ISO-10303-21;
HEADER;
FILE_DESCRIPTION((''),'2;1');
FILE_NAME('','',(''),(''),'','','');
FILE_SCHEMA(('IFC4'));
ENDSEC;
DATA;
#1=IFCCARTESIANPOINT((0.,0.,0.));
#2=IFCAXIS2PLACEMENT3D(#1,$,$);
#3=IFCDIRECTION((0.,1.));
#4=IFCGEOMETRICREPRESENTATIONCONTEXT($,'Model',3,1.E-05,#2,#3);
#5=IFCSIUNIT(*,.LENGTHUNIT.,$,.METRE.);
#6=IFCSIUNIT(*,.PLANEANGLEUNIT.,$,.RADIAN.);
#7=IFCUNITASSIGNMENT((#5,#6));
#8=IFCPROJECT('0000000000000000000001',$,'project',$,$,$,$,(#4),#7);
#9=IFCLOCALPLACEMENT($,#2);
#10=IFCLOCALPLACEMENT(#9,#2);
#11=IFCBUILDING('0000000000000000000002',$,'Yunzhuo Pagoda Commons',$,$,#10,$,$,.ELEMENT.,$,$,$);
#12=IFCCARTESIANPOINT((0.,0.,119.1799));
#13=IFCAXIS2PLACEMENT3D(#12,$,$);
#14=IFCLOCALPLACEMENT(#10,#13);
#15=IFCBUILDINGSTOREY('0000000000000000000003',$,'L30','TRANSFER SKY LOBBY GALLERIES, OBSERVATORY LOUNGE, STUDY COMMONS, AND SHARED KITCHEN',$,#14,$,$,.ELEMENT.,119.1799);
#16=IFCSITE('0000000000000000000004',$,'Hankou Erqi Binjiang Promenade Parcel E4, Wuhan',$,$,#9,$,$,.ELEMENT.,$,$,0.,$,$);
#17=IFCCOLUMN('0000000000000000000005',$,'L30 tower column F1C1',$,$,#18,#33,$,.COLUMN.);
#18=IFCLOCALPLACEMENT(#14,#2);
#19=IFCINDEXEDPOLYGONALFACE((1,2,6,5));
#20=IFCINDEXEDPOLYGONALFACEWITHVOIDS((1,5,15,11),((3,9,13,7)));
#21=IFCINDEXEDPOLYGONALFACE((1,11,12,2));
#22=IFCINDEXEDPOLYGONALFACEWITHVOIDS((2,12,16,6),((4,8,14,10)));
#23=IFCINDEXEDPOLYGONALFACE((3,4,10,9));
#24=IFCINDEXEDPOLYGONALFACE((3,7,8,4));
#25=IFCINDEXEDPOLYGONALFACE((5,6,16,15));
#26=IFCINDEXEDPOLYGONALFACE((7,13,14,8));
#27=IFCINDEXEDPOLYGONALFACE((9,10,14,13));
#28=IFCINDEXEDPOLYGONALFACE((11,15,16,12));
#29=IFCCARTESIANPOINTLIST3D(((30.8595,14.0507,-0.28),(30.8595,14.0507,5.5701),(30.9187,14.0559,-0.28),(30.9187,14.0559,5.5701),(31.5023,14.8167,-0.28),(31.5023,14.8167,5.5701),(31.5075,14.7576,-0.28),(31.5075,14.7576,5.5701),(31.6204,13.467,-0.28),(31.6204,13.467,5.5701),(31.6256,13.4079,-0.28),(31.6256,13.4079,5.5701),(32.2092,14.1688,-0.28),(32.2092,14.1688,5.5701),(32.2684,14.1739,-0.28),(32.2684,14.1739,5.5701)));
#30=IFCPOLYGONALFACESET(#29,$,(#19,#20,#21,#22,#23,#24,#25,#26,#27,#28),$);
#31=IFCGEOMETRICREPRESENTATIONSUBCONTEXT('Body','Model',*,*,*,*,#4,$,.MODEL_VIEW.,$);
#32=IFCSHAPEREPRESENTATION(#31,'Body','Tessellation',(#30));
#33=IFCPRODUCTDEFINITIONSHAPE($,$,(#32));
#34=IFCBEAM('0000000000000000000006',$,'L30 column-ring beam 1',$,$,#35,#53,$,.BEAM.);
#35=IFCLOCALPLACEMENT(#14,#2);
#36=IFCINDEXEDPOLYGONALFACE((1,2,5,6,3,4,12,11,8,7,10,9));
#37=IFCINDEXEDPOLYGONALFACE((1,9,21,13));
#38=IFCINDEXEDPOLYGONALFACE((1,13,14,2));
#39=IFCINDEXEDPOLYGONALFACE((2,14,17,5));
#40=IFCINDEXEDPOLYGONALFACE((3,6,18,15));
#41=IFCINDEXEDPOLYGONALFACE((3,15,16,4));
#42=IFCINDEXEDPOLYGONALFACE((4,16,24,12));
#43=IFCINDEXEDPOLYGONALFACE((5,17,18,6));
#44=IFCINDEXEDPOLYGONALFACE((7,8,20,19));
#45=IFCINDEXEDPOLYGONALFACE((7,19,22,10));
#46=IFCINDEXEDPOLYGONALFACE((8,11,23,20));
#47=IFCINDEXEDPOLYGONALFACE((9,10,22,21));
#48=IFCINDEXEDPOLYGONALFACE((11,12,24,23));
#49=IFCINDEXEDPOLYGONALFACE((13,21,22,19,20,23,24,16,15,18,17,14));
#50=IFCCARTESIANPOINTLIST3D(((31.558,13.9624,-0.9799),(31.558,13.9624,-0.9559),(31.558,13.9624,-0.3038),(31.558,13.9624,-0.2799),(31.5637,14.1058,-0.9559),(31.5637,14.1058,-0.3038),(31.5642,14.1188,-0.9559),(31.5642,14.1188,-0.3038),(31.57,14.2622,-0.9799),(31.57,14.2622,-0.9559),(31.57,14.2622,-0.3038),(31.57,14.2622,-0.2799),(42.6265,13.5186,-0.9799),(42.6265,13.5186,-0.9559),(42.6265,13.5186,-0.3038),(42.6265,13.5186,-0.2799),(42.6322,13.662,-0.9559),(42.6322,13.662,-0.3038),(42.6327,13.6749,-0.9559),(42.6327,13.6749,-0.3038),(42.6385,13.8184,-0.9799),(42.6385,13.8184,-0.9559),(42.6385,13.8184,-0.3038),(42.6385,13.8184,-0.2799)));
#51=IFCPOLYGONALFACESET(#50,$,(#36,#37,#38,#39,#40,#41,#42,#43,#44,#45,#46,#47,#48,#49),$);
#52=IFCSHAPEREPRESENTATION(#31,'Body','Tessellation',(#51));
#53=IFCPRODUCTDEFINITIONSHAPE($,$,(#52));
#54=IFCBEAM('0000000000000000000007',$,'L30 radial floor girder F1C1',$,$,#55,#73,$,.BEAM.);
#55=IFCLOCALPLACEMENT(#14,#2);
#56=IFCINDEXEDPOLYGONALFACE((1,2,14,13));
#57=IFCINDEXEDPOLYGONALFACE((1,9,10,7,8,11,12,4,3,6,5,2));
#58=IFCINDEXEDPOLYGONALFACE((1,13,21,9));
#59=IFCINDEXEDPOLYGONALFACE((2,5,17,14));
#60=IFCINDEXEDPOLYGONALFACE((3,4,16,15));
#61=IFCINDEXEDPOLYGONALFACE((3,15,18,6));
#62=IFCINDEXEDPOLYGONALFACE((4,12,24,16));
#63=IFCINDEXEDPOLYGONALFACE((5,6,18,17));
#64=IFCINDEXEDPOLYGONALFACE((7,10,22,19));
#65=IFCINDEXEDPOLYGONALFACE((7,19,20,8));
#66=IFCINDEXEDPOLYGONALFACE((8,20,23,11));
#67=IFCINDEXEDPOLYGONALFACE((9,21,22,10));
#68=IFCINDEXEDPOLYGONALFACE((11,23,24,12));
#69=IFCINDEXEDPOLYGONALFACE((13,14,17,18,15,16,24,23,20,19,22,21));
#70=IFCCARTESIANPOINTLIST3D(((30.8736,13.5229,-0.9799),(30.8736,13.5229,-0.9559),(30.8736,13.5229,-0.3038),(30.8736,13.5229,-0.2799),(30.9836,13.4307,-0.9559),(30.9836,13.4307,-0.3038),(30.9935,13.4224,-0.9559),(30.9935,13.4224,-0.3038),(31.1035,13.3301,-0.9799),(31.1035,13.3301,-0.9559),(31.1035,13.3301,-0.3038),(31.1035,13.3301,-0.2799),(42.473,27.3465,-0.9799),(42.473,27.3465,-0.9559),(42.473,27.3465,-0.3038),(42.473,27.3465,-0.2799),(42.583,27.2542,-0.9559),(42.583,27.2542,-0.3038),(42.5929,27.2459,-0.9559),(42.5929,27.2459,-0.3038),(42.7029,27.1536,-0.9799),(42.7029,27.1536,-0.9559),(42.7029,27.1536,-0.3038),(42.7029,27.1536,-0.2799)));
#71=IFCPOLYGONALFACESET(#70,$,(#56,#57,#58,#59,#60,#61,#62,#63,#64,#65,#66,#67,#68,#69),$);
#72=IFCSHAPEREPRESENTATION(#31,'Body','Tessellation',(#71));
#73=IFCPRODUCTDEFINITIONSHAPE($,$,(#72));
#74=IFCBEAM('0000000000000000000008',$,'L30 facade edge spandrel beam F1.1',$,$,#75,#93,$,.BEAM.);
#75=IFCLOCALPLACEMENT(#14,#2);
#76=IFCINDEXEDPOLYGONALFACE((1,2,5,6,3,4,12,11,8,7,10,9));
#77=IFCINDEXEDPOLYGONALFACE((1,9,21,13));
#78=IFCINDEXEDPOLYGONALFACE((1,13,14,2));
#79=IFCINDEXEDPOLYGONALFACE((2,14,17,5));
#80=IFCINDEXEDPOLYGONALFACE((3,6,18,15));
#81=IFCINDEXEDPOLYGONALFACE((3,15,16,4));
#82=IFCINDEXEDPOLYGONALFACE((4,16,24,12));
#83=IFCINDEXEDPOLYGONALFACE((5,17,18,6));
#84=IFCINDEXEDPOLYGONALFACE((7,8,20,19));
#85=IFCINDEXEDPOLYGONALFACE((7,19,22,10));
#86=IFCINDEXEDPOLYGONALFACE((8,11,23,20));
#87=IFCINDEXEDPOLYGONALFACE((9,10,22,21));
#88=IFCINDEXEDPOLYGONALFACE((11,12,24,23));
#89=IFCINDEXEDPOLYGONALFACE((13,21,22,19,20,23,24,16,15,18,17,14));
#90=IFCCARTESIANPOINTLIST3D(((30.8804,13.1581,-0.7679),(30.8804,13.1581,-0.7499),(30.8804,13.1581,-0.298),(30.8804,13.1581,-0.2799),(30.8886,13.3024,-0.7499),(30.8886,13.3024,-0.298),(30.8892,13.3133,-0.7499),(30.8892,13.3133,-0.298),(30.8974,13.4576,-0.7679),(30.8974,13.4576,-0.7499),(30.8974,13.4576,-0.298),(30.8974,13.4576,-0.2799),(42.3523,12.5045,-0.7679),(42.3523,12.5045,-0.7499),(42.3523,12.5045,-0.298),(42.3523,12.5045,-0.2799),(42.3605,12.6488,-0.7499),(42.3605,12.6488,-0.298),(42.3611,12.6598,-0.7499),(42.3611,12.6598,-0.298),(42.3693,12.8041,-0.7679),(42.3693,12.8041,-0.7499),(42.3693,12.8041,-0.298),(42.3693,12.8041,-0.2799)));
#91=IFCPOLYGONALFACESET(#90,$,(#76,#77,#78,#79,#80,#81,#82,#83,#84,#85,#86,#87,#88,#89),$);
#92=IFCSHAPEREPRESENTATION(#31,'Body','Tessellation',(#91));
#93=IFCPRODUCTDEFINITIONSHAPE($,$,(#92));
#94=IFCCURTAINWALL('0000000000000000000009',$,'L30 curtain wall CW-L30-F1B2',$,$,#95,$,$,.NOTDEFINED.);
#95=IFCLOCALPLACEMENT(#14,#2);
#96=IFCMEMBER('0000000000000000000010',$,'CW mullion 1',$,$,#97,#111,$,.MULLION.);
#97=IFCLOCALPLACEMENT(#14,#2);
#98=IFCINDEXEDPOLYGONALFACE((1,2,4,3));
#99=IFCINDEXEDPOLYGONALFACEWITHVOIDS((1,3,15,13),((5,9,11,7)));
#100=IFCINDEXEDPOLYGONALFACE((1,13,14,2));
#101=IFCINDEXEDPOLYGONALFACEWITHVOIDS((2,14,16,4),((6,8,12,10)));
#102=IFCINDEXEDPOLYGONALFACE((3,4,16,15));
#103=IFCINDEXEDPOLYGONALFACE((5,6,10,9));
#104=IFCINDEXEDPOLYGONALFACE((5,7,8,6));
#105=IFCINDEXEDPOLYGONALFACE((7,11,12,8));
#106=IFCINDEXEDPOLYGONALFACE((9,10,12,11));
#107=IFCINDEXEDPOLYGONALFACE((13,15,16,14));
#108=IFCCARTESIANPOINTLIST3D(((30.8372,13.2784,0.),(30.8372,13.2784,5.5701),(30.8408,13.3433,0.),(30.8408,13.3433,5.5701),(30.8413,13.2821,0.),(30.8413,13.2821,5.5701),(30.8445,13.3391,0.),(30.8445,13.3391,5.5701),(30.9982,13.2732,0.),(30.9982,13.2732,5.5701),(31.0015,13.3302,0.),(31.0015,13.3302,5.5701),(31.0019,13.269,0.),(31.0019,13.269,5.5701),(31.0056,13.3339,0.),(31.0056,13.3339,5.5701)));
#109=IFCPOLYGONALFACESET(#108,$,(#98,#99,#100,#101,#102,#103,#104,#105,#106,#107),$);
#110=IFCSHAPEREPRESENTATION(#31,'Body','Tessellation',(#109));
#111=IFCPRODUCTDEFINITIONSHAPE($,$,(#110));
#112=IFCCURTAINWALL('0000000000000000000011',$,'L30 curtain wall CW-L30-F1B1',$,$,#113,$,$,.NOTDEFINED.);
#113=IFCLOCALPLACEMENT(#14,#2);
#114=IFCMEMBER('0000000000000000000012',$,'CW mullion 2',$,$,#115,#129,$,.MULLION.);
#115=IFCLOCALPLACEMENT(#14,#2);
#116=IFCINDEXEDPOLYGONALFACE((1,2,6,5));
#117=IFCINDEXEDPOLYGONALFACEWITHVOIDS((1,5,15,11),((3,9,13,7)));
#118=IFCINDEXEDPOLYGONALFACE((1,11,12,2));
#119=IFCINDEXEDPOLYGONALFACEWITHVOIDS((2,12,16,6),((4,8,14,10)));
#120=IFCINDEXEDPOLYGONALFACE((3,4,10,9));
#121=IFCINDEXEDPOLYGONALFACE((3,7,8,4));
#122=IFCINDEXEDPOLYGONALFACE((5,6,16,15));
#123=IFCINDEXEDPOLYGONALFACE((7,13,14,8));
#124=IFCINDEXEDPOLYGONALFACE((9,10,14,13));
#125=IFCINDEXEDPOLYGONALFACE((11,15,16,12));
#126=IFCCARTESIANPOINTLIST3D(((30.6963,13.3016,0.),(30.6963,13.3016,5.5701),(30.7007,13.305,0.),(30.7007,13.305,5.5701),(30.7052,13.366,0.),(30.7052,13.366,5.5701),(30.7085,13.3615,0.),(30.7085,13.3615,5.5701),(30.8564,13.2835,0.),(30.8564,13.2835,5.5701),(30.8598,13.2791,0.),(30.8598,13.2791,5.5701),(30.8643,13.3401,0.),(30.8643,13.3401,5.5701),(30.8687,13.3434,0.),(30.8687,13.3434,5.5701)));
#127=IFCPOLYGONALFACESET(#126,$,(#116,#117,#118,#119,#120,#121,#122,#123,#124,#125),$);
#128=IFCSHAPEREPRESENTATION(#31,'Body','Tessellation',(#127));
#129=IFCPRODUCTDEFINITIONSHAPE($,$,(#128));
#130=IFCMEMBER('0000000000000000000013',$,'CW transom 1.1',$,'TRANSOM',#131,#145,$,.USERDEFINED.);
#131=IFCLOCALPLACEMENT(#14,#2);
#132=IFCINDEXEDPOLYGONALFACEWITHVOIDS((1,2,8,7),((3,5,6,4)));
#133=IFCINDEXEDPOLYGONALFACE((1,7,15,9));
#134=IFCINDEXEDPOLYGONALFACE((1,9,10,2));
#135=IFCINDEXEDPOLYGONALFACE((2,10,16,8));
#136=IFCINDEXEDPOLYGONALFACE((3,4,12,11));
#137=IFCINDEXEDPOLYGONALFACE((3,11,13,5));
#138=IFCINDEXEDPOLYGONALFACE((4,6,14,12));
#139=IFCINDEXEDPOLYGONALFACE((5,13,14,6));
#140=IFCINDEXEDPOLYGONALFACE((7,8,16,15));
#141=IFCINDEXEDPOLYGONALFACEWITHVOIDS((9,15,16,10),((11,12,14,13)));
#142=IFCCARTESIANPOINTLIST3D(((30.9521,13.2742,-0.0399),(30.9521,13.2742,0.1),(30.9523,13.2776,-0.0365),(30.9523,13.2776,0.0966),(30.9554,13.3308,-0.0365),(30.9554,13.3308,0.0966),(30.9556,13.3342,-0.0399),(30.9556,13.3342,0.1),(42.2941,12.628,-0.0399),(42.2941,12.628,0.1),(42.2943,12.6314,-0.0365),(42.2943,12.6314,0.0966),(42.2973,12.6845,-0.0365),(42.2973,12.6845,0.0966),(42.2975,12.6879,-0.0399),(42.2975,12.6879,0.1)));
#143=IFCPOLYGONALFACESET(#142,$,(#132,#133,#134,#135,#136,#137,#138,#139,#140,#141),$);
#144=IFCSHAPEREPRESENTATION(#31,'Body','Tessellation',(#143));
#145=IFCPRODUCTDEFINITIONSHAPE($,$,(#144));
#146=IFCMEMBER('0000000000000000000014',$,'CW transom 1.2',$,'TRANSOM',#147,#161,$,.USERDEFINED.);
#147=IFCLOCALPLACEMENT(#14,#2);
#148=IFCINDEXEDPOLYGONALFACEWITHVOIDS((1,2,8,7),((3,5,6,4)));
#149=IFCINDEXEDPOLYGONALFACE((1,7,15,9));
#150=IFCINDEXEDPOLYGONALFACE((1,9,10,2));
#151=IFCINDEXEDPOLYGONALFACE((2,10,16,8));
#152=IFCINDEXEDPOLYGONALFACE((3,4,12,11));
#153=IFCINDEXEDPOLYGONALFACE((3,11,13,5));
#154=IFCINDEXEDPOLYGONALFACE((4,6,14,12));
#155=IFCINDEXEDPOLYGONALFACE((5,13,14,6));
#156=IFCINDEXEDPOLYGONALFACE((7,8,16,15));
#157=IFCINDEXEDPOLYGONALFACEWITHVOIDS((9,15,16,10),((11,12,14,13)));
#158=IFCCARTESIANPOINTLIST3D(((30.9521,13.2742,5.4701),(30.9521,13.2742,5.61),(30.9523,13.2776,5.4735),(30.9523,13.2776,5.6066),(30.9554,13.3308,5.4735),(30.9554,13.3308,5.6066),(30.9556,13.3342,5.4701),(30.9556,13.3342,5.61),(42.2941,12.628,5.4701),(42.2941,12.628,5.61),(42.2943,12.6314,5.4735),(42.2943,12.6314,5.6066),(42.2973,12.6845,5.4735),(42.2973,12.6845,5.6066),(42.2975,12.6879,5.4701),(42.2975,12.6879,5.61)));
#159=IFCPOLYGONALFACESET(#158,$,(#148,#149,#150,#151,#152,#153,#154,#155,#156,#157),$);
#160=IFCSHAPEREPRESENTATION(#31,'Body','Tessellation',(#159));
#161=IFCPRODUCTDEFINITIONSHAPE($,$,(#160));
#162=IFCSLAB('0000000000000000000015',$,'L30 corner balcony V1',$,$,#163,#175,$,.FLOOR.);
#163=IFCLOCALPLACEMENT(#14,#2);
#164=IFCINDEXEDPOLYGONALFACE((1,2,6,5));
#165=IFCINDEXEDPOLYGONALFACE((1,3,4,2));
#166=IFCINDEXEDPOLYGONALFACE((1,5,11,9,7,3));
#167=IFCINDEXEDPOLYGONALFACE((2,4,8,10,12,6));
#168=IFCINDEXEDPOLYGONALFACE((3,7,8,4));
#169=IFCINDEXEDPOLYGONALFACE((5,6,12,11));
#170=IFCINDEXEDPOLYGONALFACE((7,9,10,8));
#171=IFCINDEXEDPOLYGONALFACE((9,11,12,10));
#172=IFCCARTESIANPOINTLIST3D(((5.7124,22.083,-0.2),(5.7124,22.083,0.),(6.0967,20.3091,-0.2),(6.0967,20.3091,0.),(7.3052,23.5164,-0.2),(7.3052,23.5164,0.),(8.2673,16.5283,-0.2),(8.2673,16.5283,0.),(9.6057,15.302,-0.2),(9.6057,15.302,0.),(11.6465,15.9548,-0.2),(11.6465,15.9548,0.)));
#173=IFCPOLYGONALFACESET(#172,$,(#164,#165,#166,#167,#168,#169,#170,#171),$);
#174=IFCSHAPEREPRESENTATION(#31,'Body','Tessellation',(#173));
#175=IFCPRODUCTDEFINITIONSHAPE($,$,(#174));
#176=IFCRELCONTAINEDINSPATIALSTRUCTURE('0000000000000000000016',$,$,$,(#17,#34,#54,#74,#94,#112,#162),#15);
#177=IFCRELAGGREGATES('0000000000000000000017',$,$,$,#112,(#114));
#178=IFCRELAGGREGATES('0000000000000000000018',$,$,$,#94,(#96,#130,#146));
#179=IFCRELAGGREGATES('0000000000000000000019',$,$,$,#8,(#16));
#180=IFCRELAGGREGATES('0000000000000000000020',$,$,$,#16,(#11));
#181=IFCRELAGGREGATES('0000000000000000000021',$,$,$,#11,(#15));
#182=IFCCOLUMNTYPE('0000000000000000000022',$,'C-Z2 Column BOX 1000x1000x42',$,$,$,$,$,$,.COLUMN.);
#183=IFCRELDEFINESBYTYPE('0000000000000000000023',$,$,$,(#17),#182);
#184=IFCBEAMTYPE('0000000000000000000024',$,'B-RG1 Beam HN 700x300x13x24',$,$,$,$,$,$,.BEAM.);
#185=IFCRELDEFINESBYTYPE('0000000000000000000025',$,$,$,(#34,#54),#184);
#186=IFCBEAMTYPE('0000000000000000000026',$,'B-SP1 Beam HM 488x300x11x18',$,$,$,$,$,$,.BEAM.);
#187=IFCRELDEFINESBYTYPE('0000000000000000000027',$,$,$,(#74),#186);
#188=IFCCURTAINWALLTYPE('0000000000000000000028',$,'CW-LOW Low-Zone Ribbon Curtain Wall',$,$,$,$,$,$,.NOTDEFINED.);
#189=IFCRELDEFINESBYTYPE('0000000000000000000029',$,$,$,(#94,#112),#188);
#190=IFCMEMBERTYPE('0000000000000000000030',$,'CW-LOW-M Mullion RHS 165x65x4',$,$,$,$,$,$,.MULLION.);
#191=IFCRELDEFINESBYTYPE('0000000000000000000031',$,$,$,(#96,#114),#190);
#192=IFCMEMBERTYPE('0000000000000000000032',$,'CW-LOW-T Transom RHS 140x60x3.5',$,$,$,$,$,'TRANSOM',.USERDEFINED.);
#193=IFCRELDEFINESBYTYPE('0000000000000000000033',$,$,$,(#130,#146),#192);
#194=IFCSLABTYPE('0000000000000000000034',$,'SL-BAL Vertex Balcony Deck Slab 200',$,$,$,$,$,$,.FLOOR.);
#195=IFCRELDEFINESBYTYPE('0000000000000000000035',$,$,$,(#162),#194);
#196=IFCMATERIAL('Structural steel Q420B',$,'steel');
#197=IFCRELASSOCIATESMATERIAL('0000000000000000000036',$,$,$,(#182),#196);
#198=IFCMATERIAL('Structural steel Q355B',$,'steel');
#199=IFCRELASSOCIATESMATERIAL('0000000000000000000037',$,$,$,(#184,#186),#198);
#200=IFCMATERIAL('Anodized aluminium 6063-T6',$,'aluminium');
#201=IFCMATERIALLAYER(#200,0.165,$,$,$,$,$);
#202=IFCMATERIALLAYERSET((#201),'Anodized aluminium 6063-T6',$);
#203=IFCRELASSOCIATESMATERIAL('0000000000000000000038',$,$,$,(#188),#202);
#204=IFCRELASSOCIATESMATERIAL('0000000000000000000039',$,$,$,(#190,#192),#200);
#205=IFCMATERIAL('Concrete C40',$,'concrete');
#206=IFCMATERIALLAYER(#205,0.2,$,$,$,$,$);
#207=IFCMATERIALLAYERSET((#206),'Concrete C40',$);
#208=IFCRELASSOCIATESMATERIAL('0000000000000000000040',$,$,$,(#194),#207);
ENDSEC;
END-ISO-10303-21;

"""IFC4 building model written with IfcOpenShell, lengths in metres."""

from ifc_helpers import new_model, si_unit, direction, frame, origin, origin_2d, place, context, subcontext, project, spatial, polyline, hollow_rectangle, i_section, outline, extrude, source, transform, mapped, material, layer, layer_set, material_profile, profile_set, type_object, element, aggregate, save


model = new_model("IFC4")

# Units and contexts
model_context = context("Model", 3, precision=1e-05, world=origin(), true_north=direction((0.0, 1.0)))
body_context = subcontext(model_context, "Body", "Model", "MODEL_VIEW")
ifc_project = project(units=[si_unit("LENGTHUNIT", "METRE"), si_unit("PLANEANGLEUNIT", "RADIAN")], contexts=[model_context])

# Site, building, storey
site_placement = place(None, origin())
site = spatial("IfcSite", under=ifc_project, at=site_placement, Name="Hankou Erqi Binjiang Promenade Parcel E4, Wuhan", CompositionType="ELEMENT", RefElevation=0.0)
building_placement = place(site_placement, origin())
building = spatial("IfcBuilding", under=site, at=building_placement, Name="Yunzhuo Pagoda Commons", CompositionType="ELEMENT")
storey_placement = place(building_placement, frame((0.0, 0.0, 119.1799)))
storey = spatial("IfcBuildingStorey", under=building, at=storey_placement, Name="L30", Description="TRANSFER SKY LOBBY GALLERIES, OBSERVATORY LOUNGE, STUDY COMMONS, AND SHARED KITCHEN", CompositionType="ELEMENT", Elevation=119.1799)

# Column
ifc_material_1 = material(Name="Structural steel Q420B", Category="steel")
ifc_material_profile_1 = material_profile(ifc_material_1, hollow_rectangle(XDim=1.0, YDim=1.0, WallThickness=0.042, at=origin_2d()), Name="Structural steel Q420B")
ifc_profile_set_1 = profile_set([ifc_material_profile_1], Name="Structural steel Q420B")
column_type = type_object("IfcColumnType", Name="C-Z2 Column BOX 1000x1000x42", PredefinedType="COLUMN", material=ifc_profile_set_1)
shared_shape_1 = source(origin(), body_context, "Body", "SweptSolid", [
    extrude(hollow_rectangle(XDim=1.0, YDim=1.0, WallThickness=0.042, at=origin_2d()), origin(), (0.0, 0.0, 1.0), 5.8501),
])
column_placement = place(storey_placement, frame((31.564, 14.1123, -0.28), z_axis=(0.0, 0.0, 1.0), x_axis=(0.766044, -0.642788, 0.0)))
element("IfcColumn", 1, at=column_placement, inside=storey, type_object=column_type, Name="L30 tower column F1C1", PredefinedType="COLUMN", context=body_context, shape_type="MappedRepresentation", body=[
    mapped(shared_shape_1, transform((0.0, 0.0, 0.0), scale=1.0)),
])

# Beams
ifc_material_2 = material(Name="Structural steel Q355B", Category="steel")
ifc_material_profile_2 = material_profile(ifc_material_2, i_section(OverallWidth=0.3, OverallDepth=0.7, WebThickness=0.0129, FlangeThickness=0.0239, at=origin_2d()), Name="Structural steel Q355B")
ifc_profile_set_2 = profile_set([ifc_material_profile_2], Name="Structural steel Q355B")
beam_type_1 = type_object("IfcBeamType", Name="B-RG1 Beam HN 700x300x13x24", PredefinedType="BEAM", material=ifc_profile_set_2)
shared_shape_2 = source(origin(), body_context, "Body", "SweptSolid", [
    extrude(i_section(OverallWidth=0.3, OverallDepth=0.7, WebThickness=0.0129, FlangeThickness=0.0239, at=origin_2d()), origin(), (0.0, 0.0, 1.0), 11.0774),
])
beam_1_placement = place(storey_placement, frame((31.564, 14.1123, -0.6299), z_axis=(0.999197, -0.040067, 0.0), x_axis=(0.040067, 0.999197, 0.0)))
element("IfcBeam", 2, at=beam_1_placement, inside=storey, type_object=beam_type_1, Name="L30 column-ring beam 1", PredefinedType="BEAM", context=body_context, shape_type="MappedRepresentation", body=[
    mapped(shared_shape_2, transform((0.0, 0.0, 0.0), scale=1.0)),
])
shared_shape_3 = source(origin(), body_context, "Body", "SweptSolid", [
    extrude(i_section(OverallWidth=0.3, OverallDepth=0.7, WebThickness=0.0129, FlangeThickness=0.0239, at=origin_2d()), origin(), (0.0, 0.0, 1.0), 18.0454),
])
beam_2_placement = place(storey_placement, frame((30.9885, 13.4265, -0.6299), z_axis=(0.64279, 0.766042, 0.0), x_axis=(-0.766042, 0.64279, 0.0)))
element("IfcBeam", 3, at=beam_2_placement, inside=storey, type_object=beam_type_1, Name="L30 radial floor girder F1C1", PredefinedType="BEAM", context=body_context, shape_type="MappedRepresentation", body=[
    mapped(shared_shape_3, transform((0.0, 0.0, 0.0), scale=1.0)),
])
ifc_material_profile_3 = material_profile(ifc_material_2, i_section(OverallWidth=0.3, OverallDepth=0.488, WebThickness=0.011, FlangeThickness=0.0181, at=origin_2d()), Name="Structural steel Q355B")
ifc_profile_set_3 = profile_set([ifc_material_profile_3], Name="Structural steel Q355B")
beam_type_2 = type_object("IfcBeamType", Name="B-SP1 Beam HM 488x300x11x18", PredefinedType="BEAM", material=ifc_profile_set_3)
shared_shape_4 = source(origin(), body_context, "Body", "SweptSolid", [
    extrude(i_section(OverallWidth=0.3, OverallDepth=0.488, WebThickness=0.011, FlangeThickness=0.0181, at=origin_2d()), origin(), (0.0, 0.0, 1.0), 11.4905),
])
beam_3_placement = place(storey_placement, frame((30.8889, 13.3079, -0.5239), z_axis=(0.998381, -0.056879, 0.0), x_axis=(0.056879, 0.998381, 0.0)))
element("IfcBeam", 4, at=beam_3_placement, inside=storey, type_object=beam_type_2, Name="L30 facade edge spandrel beam F1.1", PredefinedType="BEAM", context=body_context, shape_type="MappedRepresentation", body=[
    mapped(shared_shape_4, transform((0.0, 0.0, 0.0), scale=1.0)),
])

# Curtain walls, members
ifc_material_3 = material(Name="Anodized aluminium 6063-T6", Category="aluminium")
ifc_layer_1 = layer(ifc_material_3, 0.165)
ifc_layer_set_1 = layer_set([ifc_layer_1], Name="Anodized aluminium 6063-T6")
curtain_wall_type = type_object("IfcCurtainWallType", Name="CW-LOW Low-Zone Ribbon Curtain Wall", PredefinedType="NOTDEFINED", material=ifc_layer_set_1)
curtain_wall_1_placement = place(storey_placement, origin())
curtain_wall_1 = element("IfcCurtainWall", 5, at=curtain_wall_1_placement, inside=storey, type_object=curtain_wall_type, Name="L30 curtain wall CW-L30-F1B2", PredefinedType="NOTDEFINED")
ifc_material_profile_4 = material_profile(ifc_material_3, hollow_rectangle(XDim=0.0649, YDim=0.165, WallThickness=0.0039, at=origin_2d()), Name="Anodized aluminium 6063-T6")
ifc_profile_set_4 = profile_set([ifc_material_profile_4], Name="Anodized aluminium 6063-T6")
member_type_1 = type_object("IfcMemberType", Name="CW-LOW-M Mullion RHS 165x65x4", PredefinedType="MULLION", material=ifc_profile_set_4)
shared_shape_5 = source(origin(), body_context, "Body", "SweptSolid", [
    extrude(hollow_rectangle(XDim=0.0649, YDim=0.165, WallThickness=0.0039, at=origin_2d()), origin(), (0.0, 0.0, 1.0), 5.5701),
])
member_1_placement = place(storey_placement, frame((30.9214, 13.3062, 0.0), z_axis=(0.0, 0.0, 1.0), x_axis=(0.056891, 0.99838, 0.0)))
member_1 = element("IfcMember", 6, at=member_1_placement, type_object=member_type_1, Name="CW mullion 1", PredefinedType="MULLION", context=body_context, shape_type="MappedRepresentation", body=[
    mapped(shared_shape_5, transform((0.0, 0.0, 0.0), scale=1.0)),
])
curtain_wall_2_placement = place(storey_placement, origin())
curtain_wall_2 = element("IfcCurtainWall", 7, at=curtain_wall_2_placement, inside=storey, type_object=curtain_wall_type, Name="L30 curtain wall CW-L30-F1B1", PredefinedType="NOTDEFINED")
member_2_placement = place(storey_placement, frame((30.7825, 13.3225, 0.0), z_axis=(0.0, 0.0, 1.0), x_axis=(0.136657, 0.990618, 0.0)))
member_2 = element("IfcMember", 8, at=member_2_placement, type_object=member_type_1, Name="CW mullion 2", PredefinedType="MULLION", context=body_context, shape_type="MappedRepresentation", body=[
    mapped(shared_shape_5, transform((0.0, 0.0, 0.0), scale=1.0)),
])
aggregate(curtain_wall_2, [member_2])

# Members
ifc_material_profile_5 = material_profile(ifc_material_3, hollow_rectangle(XDim=0.0601, YDim=0.1399, WallThickness=0.0034, at=origin_2d()), Name="Anodized aluminium 6063-T6")
ifc_profile_set_5 = profile_set([ifc_material_profile_5], Name="Anodized aluminium 6063-T6")
member_type_2 = type_object("IfcMemberType", Name="CW-LOW-T Transom RHS 140x60x3.5", ElementType="TRANSOM", PredefinedType="USERDEFINED", material=ifc_profile_set_5)
shared_shape_6 = source(origin(), body_context, "Body", "SweptSolid", [
    extrude(hollow_rectangle(XDim=0.0601, YDim=0.1399, WallThickness=0.0034, at=origin_2d()), origin(), (0.0, 0.0, 1.0), 11.3604),
])
member_3_placement = place(storey_placement, frame((30.9539, 13.3042, 0.03), z_axis=(0.998381, -0.056885, 0.0), x_axis=(0.056885, 0.998381, 0.0)))
member_3 = element("IfcMember", 9, at=member_3_placement, type_object=member_type_2, Name="CW transom 1.1", ObjectType="TRANSOM", PredefinedType="USERDEFINED", context=body_context, shape_type="MappedRepresentation", body=[
    mapped(shared_shape_6, transform((0.0, 0.0, 0.0), scale=1.0)),
])
member_4_placement = place(storey_placement, frame((30.9539, 13.3042, 5.54), z_axis=(0.998381, -0.056885, 0.0), x_axis=(0.056885, 0.998381, 0.0)))
member_4 = element("IfcMember", 10, at=member_4_placement, type_object=member_type_2, Name="CW transom 1.2", ObjectType="TRANSOM", PredefinedType="USERDEFINED", context=body_context, shape_type="MappedRepresentation", body=[
    mapped(shared_shape_6, transform((0.0, 0.0, 0.0), scale=1.0)),
])
aggregate(curtain_wall_1, [member_1, member_3, member_4])

# Slab
ifc_material_4 = material(Name="Concrete C40", Category="concrete")
ifc_layer_2 = layer(ifc_material_4, 0.2)
ifc_layer_set_2 = layer_set([ifc_layer_2], Name="Concrete C40")
slab_type_1 = type_object("IfcSlabType", Name="SL-BAL Vertex Balcony Deck Slab 200", PredefinedType="FLOOR", material=ifc_layer_set_2)
slab_1_placement = place(storey_placement, frame((0.0, 0.0, -0.2)))
element("IfcSlab", 11, at=slab_1_placement, inside=storey, type_object=slab_type_1, Name="L30 corner balcony V1", PredefinedType="FLOOR", context=body_context, shape_type="SweptSolid", body=[
    extrude(outline(polyline([(7.3052, 23.5164), (11.6465, 15.9548), (9.6057, 15.302), (8.2673, 16.5283), (6.0967, 20.3091), (5.7124, 22.083), (7.3052, 23.5164)])), origin(), (0.0, 0.0, 1.0), 0.2),
])

save(model, "model.ifc")
